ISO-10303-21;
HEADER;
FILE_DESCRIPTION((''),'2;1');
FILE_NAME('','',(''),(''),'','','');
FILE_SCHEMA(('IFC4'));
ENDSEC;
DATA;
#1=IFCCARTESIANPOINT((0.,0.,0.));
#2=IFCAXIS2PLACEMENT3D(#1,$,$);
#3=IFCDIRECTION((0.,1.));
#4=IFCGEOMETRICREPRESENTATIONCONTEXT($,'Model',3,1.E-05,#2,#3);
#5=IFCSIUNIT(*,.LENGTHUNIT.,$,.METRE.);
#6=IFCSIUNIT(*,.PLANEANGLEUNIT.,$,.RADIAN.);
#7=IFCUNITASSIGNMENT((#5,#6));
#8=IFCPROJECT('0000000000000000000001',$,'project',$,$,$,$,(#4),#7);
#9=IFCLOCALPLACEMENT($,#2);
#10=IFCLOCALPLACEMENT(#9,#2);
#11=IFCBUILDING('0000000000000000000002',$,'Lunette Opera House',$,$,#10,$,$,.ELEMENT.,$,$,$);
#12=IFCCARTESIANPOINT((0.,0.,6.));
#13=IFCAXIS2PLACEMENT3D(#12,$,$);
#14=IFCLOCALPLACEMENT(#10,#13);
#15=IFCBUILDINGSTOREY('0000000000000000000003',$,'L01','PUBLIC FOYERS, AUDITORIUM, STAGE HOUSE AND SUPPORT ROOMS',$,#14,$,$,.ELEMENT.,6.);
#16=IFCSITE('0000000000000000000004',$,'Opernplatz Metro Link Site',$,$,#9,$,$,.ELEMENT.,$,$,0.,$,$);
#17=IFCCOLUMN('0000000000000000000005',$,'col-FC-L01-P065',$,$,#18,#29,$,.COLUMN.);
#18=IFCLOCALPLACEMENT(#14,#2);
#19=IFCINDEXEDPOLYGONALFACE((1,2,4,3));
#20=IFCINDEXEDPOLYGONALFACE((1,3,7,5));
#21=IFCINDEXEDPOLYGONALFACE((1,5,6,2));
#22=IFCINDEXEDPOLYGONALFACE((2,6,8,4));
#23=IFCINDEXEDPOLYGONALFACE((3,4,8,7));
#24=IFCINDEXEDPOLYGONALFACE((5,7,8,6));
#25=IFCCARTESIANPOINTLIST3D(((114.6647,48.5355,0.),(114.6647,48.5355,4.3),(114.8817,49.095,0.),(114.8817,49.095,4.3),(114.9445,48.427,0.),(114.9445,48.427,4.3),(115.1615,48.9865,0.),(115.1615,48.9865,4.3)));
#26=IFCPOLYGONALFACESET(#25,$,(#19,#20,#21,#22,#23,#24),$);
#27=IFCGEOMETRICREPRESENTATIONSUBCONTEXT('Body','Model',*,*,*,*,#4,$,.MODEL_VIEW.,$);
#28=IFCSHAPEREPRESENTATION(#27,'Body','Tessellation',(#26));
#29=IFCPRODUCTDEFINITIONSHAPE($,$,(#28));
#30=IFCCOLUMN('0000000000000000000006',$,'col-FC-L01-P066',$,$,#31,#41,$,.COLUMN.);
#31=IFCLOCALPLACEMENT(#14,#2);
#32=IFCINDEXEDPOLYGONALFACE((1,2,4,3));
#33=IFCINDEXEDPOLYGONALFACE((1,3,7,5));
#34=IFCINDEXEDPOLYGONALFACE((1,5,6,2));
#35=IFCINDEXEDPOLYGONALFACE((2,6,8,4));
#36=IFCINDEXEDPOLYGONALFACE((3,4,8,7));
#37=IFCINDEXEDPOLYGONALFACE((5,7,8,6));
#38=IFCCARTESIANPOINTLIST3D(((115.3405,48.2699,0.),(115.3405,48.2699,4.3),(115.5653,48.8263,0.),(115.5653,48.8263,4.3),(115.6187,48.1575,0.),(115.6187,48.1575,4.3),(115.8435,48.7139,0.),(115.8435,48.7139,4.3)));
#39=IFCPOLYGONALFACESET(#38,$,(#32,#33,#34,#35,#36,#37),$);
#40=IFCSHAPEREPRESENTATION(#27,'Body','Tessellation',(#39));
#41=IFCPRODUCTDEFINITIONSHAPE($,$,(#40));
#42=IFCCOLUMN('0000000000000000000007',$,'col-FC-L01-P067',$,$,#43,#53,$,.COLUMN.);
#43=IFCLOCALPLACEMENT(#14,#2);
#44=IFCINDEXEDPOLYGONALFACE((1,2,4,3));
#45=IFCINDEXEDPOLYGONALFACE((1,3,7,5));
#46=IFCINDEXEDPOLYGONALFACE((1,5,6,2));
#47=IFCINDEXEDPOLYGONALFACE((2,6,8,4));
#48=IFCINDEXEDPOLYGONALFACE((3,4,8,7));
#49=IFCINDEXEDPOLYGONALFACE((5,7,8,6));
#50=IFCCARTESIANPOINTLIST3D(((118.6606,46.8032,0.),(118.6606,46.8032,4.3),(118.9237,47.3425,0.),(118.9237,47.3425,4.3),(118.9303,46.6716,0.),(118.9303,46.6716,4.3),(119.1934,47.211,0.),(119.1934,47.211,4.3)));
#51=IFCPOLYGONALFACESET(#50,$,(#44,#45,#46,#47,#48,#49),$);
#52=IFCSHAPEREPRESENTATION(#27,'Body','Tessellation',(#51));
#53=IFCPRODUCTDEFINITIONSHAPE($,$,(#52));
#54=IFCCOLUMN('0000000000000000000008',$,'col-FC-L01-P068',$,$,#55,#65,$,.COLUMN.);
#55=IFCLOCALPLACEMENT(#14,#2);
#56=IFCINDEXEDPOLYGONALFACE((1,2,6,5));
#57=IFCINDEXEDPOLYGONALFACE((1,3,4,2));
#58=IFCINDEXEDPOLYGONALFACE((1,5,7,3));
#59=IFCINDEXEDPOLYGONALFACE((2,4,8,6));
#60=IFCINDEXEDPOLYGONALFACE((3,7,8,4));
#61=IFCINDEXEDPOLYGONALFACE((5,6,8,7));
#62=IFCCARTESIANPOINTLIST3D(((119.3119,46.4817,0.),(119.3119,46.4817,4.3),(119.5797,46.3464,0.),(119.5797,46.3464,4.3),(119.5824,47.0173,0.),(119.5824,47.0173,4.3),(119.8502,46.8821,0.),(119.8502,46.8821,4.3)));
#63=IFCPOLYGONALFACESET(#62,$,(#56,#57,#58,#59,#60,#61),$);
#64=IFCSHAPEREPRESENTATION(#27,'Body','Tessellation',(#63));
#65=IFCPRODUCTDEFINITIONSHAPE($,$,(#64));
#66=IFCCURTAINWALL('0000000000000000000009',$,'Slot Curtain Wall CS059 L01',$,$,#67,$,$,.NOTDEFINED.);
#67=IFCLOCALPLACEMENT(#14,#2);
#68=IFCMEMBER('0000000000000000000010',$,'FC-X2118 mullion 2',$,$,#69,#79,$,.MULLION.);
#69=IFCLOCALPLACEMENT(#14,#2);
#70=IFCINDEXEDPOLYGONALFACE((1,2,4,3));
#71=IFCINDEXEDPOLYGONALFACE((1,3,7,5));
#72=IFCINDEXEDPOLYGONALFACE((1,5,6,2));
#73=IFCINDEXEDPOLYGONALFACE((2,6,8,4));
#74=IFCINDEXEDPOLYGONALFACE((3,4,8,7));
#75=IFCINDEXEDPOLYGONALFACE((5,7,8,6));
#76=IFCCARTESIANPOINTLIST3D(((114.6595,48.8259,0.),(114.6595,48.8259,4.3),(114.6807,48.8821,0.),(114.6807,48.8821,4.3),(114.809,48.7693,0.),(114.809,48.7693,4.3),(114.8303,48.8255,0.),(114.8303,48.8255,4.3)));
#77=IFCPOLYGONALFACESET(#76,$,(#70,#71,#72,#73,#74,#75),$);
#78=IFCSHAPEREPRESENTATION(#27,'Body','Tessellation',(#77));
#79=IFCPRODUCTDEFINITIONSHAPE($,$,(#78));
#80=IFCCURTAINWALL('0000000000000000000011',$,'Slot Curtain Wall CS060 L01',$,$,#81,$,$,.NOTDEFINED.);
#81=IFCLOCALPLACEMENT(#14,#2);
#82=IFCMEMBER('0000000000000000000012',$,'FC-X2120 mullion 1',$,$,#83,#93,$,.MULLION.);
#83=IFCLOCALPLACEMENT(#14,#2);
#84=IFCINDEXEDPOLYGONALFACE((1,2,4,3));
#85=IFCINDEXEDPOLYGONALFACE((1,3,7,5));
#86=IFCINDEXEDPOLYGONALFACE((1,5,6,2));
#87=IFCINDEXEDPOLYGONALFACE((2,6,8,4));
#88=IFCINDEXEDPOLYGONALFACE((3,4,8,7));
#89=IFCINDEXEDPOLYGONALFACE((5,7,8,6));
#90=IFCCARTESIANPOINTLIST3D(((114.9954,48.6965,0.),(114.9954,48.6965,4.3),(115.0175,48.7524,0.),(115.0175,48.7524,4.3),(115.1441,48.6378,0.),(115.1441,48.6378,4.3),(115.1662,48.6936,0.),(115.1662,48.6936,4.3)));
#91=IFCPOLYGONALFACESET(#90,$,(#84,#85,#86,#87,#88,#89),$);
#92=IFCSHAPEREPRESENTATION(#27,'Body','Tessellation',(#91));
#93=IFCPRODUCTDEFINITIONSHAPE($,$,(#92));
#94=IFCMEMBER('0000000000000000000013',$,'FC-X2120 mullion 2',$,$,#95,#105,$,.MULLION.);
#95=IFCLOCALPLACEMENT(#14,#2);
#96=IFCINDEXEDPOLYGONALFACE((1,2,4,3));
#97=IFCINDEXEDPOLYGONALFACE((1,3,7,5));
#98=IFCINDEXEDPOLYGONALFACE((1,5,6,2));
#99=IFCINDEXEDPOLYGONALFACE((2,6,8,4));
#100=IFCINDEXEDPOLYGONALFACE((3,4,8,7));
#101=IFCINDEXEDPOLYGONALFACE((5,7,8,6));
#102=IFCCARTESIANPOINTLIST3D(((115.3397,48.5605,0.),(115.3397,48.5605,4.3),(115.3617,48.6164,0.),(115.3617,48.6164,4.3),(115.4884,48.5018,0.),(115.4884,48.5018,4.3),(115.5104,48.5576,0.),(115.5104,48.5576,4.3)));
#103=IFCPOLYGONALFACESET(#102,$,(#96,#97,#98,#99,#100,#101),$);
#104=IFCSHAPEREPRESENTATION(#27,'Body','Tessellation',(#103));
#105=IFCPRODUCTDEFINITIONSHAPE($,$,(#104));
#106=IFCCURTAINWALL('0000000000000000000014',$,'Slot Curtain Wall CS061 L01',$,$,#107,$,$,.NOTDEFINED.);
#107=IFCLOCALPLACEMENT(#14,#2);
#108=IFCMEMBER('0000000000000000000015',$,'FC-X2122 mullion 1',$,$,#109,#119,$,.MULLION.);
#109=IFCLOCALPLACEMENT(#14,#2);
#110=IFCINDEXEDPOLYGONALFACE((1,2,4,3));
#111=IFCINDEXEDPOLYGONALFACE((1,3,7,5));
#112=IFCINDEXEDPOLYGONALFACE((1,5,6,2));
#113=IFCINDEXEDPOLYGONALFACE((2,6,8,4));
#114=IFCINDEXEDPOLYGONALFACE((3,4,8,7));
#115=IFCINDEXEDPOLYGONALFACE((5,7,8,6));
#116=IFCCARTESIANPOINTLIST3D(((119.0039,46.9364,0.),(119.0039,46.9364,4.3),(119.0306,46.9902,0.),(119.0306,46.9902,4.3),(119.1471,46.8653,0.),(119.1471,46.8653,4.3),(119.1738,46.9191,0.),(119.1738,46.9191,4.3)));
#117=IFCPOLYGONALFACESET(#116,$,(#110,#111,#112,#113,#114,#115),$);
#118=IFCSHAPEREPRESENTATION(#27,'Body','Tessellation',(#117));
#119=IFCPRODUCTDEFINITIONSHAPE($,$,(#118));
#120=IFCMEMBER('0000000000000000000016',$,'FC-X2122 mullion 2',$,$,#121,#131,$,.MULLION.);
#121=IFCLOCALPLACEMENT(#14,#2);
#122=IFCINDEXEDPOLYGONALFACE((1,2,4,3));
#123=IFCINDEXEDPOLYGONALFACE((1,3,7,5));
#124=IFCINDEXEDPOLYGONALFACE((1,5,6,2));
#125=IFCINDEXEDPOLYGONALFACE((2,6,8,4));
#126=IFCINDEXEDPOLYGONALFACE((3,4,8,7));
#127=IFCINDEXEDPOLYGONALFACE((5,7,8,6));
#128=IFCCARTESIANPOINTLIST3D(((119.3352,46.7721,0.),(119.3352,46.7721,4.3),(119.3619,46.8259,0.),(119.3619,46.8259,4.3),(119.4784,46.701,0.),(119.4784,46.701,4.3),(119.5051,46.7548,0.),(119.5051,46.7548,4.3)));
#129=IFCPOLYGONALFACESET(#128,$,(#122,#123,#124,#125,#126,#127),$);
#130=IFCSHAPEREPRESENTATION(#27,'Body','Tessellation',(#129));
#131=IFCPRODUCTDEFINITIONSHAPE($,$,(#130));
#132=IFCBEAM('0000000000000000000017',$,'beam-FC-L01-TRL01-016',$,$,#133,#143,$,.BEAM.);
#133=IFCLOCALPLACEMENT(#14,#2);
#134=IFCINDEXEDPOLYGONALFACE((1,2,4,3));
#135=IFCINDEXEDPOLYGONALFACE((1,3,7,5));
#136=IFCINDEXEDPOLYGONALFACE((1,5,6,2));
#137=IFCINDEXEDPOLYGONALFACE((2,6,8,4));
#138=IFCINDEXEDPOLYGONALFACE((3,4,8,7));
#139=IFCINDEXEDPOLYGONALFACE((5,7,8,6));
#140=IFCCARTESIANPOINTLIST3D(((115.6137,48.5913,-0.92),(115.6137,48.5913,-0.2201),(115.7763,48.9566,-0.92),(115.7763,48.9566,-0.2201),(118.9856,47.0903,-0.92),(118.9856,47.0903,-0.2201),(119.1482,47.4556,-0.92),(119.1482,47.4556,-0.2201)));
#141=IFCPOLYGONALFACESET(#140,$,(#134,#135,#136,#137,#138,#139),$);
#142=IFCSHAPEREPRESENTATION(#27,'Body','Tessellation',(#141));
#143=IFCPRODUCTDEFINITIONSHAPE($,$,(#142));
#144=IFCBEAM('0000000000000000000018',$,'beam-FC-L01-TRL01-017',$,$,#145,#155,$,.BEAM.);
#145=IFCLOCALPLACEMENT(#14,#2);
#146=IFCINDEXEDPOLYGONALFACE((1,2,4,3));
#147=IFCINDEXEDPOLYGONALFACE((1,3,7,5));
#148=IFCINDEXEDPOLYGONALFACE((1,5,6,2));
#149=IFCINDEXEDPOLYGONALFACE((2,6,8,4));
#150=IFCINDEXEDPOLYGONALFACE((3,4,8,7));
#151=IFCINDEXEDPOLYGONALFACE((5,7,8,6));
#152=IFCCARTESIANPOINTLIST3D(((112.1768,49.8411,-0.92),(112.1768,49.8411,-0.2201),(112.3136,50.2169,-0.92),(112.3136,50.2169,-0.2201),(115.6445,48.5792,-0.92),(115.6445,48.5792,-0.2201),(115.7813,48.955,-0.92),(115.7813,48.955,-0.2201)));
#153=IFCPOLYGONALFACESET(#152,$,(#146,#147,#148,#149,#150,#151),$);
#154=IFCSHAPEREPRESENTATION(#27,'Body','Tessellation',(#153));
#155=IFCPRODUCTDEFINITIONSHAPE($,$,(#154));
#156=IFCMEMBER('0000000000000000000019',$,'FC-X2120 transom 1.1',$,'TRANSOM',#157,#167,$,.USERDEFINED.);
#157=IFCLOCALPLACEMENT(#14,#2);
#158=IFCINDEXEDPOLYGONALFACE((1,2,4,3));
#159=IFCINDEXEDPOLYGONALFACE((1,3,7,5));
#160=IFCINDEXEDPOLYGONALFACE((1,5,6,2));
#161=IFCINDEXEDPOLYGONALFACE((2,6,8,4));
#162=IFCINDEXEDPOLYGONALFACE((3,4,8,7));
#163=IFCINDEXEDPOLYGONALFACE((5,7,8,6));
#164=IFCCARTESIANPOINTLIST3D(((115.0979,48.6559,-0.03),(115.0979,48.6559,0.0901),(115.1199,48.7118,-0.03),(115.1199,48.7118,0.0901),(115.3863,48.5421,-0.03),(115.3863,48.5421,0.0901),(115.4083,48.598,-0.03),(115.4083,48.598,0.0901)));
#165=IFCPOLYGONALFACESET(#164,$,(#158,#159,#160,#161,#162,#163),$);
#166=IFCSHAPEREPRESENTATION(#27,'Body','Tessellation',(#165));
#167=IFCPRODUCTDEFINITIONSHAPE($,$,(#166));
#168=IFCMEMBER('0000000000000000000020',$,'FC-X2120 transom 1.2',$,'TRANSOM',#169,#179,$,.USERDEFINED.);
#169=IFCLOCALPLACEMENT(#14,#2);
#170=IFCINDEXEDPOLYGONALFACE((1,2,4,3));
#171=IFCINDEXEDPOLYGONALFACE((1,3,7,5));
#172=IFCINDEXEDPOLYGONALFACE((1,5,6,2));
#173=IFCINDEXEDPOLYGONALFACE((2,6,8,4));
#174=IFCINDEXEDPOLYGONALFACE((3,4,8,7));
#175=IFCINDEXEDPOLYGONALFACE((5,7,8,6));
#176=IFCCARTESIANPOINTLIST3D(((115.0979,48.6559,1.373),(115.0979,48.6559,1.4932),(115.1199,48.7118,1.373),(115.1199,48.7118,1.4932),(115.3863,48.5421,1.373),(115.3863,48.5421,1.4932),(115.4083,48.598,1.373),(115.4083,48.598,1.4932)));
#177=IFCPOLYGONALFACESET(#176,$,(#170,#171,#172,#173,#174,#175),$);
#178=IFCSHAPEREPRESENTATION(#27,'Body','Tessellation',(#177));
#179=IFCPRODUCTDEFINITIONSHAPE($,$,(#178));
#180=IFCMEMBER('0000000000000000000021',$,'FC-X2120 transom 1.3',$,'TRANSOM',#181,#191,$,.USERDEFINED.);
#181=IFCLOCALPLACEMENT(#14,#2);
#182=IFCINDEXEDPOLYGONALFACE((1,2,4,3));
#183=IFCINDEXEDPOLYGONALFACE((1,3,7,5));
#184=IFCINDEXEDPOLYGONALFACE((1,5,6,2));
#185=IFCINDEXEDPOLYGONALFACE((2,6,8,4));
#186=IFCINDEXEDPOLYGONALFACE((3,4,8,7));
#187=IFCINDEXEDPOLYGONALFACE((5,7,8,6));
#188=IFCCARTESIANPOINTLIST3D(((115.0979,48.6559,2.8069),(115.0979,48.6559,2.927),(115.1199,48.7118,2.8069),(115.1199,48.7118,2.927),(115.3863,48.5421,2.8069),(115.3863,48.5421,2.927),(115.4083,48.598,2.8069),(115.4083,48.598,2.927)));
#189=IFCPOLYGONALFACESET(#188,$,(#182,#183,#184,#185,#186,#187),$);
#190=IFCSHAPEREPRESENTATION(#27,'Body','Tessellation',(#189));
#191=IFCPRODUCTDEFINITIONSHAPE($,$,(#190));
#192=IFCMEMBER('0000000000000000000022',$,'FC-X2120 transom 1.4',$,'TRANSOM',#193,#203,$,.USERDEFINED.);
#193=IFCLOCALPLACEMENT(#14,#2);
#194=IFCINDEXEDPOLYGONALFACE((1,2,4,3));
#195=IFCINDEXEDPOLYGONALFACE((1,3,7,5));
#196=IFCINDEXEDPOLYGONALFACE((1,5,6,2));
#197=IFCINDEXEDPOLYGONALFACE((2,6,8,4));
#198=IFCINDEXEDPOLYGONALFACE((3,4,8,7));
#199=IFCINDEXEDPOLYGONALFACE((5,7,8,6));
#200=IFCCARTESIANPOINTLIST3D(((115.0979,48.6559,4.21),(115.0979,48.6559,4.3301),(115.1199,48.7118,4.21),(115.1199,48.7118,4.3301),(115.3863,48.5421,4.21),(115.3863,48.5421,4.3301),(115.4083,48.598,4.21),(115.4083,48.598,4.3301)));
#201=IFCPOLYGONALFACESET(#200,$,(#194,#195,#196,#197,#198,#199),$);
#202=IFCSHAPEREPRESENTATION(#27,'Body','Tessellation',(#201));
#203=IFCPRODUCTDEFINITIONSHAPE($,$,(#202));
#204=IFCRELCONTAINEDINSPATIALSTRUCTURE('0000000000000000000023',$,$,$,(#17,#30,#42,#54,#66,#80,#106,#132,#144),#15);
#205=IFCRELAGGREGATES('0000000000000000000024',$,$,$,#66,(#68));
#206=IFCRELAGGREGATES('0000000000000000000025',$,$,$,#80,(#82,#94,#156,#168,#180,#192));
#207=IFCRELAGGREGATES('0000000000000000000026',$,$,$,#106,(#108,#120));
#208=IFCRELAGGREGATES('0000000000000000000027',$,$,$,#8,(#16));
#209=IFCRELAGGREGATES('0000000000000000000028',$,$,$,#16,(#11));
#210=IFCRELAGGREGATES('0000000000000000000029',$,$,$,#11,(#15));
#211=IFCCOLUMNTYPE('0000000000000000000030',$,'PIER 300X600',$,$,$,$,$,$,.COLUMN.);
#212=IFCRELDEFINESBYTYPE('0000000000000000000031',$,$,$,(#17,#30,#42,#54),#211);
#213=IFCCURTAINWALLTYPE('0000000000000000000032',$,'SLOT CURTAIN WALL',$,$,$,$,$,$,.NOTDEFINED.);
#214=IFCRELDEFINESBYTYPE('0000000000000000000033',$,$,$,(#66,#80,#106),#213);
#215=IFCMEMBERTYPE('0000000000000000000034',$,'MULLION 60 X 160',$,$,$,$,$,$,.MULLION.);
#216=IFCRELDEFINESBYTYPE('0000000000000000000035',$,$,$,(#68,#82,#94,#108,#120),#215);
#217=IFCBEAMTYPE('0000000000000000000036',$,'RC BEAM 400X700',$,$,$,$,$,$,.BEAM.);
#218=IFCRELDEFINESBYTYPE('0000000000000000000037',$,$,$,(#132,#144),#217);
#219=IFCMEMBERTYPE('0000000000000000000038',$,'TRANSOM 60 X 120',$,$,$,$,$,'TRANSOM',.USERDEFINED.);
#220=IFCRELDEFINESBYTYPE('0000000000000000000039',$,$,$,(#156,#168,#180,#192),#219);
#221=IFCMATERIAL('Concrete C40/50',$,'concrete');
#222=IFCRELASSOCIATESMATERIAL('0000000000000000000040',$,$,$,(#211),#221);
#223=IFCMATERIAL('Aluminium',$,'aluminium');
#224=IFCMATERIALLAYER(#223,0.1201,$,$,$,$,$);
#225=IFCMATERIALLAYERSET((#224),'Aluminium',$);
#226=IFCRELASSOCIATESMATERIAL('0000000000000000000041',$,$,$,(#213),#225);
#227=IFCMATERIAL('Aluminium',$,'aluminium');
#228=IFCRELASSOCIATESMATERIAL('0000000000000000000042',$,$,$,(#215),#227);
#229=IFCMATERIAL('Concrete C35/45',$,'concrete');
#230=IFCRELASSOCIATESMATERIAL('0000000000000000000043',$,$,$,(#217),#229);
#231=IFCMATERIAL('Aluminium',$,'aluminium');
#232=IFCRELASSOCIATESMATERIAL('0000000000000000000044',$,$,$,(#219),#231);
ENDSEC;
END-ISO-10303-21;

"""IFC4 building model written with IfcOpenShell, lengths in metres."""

from ifc_helpers import new_model, si_unit, direction, frame, origin, origin_2d, place, context, subcontext, project, spatial, rectangle, extrude, material, layer, layer_set, material_profile, profile_set, type_object, element, aggregate, save


model = new_model("IFC4")

# Units and contexts
model_context = context("Model", 3, precision=1e-05, world=origin(), true_north=direction((0.0, 1.0)))
body_context = subcontext(model_context, "Body", "Model", "MODEL_VIEW")
ifc_project = project(units=[si_unit("LENGTHUNIT", "METRE"), si_unit("PLANEANGLEUNIT", "RADIAN")], contexts=[model_context])

# Site, building, storey
site_placement = place(None, origin())
site = spatial("IfcSite", under=ifc_project, at=site_placement, Name="Opernplatz Metro Link Site", CompositionType="ELEMENT", RefElevation=0.0)
building_placement = place(site_placement, origin())
building = spatial("IfcBuilding", under=site, at=building_placement, Name="Lunette Opera House", CompositionType="ELEMENT")
storey_placement = place(building_placement, frame((0.0, 0.0, 6.0)))
storey = spatial("IfcBuildingStorey", under=building, at=storey_placement, Name="L01", Description="PUBLIC FOYERS, AUDITORIUM, STAGE HOUSE AND SUPPORT ROOMS", CompositionType="ELEMENT", Elevation=6.0)

# Columns
ifc_material_1 = material(Name="Concrete C40/50", Category="concrete")
ifc_material_profile_1 = material_profile(ifc_material_1, rectangle(XDim=0.3, YDim=0.6001, at=origin_2d()), Name="PIER 300X600")
ifc_profile_set_1 = profile_set([ifc_material_profile_1], Name="Concrete C40/50")
column_type = type_object("IfcColumnType", Name="PIER 300X600", PredefinedType="COLUMN", material=ifc_profile_set_1)
for number, where, z_axis, x_axis, name in (
    (1, (114.9131, 48.761, 0.0), (0.0, 0.0, 1.0), (0.932324, -0.361625, 0.0), "col-FC-L01-P065"),
    (2, (115.592, 48.4919, 0.0), (0.0, 0.0, 1.0), (0.927184, -0.374607, 0.0), "col-FC-L01-P066"),
    (3, (118.927, 47.0071, 0.0), (0.0, 0.0, 1.0), (0.898794, -0.438371, 0.0), "col-FC-L01-P067"),
    (4, (119.5811, 46.6819, 0.0), (0.0, 0.0, 1.0), (0.892586, -0.450878, 0.0), "col-FC-L01-P068"),
):
    element("IfcColumn", number, at=place(storey_placement, frame(where, z_axis=z_axis, x_axis=x_axis)), inside=storey, type_object=column_type, Name=name, PredefinedType="COLUMN", context=body_context, shape_type="SweptSolid", body=[
        extrude(rectangle(XDim=0.3, YDim=0.6001, at=origin_2d()), origin(), (0.0, 0.0, 1.0), 4.3),
    ])

# Curtain wall, member
ifc_material_2 = material(Name="Aluminium", Category="aluminium")
ifc_layer_1 = layer(ifc_material_2, 0.1201)
ifc_layer_set_1 = layer_set([ifc_layer_1], Name="Aluminium")
curtain_wall_type = type_object("IfcCurtainWallType", Name="SLOT CURTAIN WALL", PredefinedType="NOTDEFINED", material=ifc_layer_set_1)
curtain_wall_1_placement = place(storey_placement, origin())
curtain_wall_1 = element("IfcCurtainWall", 5, at=curtain_wall_1_placement, inside=storey, type_object=curtain_wall_type, Name="Slot Curtain Wall CS059 L01", PredefinedType="NOTDEFINED")
ifc_material_3 = material(Name="Aluminium", Category="aluminium")
ifc_material_profile_2 = material_profile(ifc_material_3, rectangle(XDim=0.0601, YDim=0.1599, at=origin_2d()), Name="MULLION 60 X 160")
ifc_profile_set_2 = profile_set([ifc_material_profile_2], Name="Aluminium")
member_type_1 = type_object("IfcMemberType", Name="MULLION 60 X 160", PredefinedType="MULLION", material=ifc_profile_set_2)
member_1_placement = place(storey_placement, frame((114.7449, 48.8257, 0.0), z_axis=(0.0, 0.0, 1.0), x_axis=(0.353672, 0.935369, 0.0)))
member_1 = element("IfcMember", 6, at=member_1_placement, type_object=member_type_1, Name="FC-X2118 mullion 2", PredefinedType="MULLION", context=body_context, shape_type="SweptSolid", body=[
    extrude(rectangle(XDim=0.0601, YDim=0.1599, at=origin_2d()), origin(), (0.0, 0.0, 1.0), 4.3),
])

# Curtain walls, members
curtain_wall_2_placement = place(storey_placement, origin())
curtain_wall_2 = element("IfcCurtainWall", 7, at=curtain_wall_2_placement, inside=storey, type_object=curtain_wall_type, Name="Slot Curtain Wall CS060 L01", PredefinedType="NOTDEFINED")
member_2_placement = place(storey_placement, frame((115.0808, 48.6951, 0.0), z_axis=(0.0, 0.0, 1.0), x_axis=(0.367378, 0.930072, 0.0)))
member_2 = element("IfcMember", 8, at=member_2_placement, type_object=member_type_1, Name="FC-X2120 mullion 1", PredefinedType="MULLION", context=body_context, shape_type="SweptSolid", body=[
    extrude(rectangle(XDim=0.0601, YDim=0.1599, at=origin_2d()), origin(), (0.0, 0.0, 1.0), 4.3),
])
member_3_placement = place(storey_placement, frame((115.425, 48.5591, 0.0), z_axis=(0.0, 0.0, 1.0), x_axis=(0.367378, 0.930072, 0.0)))
member_3 = element("IfcMember", 9, at=member_3_placement, type_object=member_type_1, Name="FC-X2120 mullion 2", PredefinedType="MULLION", context=body_context, shape_type="SweptSolid", body=[
    extrude(rectangle(XDim=0.0601, YDim=0.1599, at=origin_2d()), origin(), (0.0, 0.0, 1.0), 4.3),
])
curtain_wall_3_placement = place(storey_placement, origin())
curtain_wall_3 = element("IfcCurtainWall", 10, at=curtain_wall_3_placement, inside=storey, type_object=curtain_wall_type, Name="Slot Curtain Wall CS061 L01", PredefinedType="NOTDEFINED")
member_4_placement = place(storey_placement, frame((119.0889, 46.9277, 0.0), z_axis=(0.0, 0.0, 1.0), x_axis=(0.444419, 0.895819, 0.0)))
member_4 = element("IfcMember", 11, at=member_4_placement, type_object=member_type_1, Name="FC-X2122 mullion 1", PredefinedType="MULLION", context=body_context, shape_type="SweptSolid", body=[
    extrude(rectangle(XDim=0.0601, YDim=0.1599, at=origin_2d()), origin(), (0.0, 0.0, 1.0), 4.3),
])
member_5_placement = place(storey_placement, frame((119.4202, 46.7634, 0.0), z_axis=(0.0, 0.0, 1.0), x_axis=(0.444419, 0.895819, 0.0)))
member_5 = element("IfcMember", 12, at=member_5_placement, type_object=member_type_1, Name="FC-X2122 mullion 2", PredefinedType="MULLION", context=body_context, shape_type="SweptSolid", body=[
    extrude(rectangle(XDim=0.0601, YDim=0.1599, at=origin_2d()), origin(), (0.0, 0.0, 1.0), 4.3),
])

# Beams
ifc_material_4 = material(Name="Concrete C35/45", Category="concrete")
ifc_material_profile_3 = material_profile(ifc_material_4, rectangle(XDim=0.3999, YDim=0.7, at=origin_2d()), Name="RC BEAM 400X700")
ifc_profile_set_3 = profile_set([ifc_material_profile_3], Name="Concrete C35/45")
beam_type = type_object("IfcBeamType", Name="RC BEAM 400X700", PredefinedType="BEAM", material=ifc_profile_set_3)
beam_1_placement = place(storey_placement, frame((119.0669, 47.2729, -0.5701), z_axis=(-0.913571, 0.406678, 0.0), x_axis=(-0.406678, -0.913571, 0.0)))
element("IfcBeam", 13, at=beam_1_placement, inside=storey, type_object=beam_type, Name="beam-FC-L01-TRL01-016", PredefinedType="BEAM", context=body_context, shape_type="SweptSolid", body=[
    extrude(rectangle(XDim=0.3999, YDim=0.7, at=origin_2d()), origin(), (0.0, 0.0, 1.0), 3.6909),
])
beam_2_placement = place(storey_placement, frame((115.7129, 48.7671, -0.5701), z_axis=(-0.93971, 0.341971, 0.0), x_axis=(-0.341971, -0.93971, 0.0)))
element("IfcBeam", 14, at=beam_2_placement, inside=storey, type_object=beam_type, Name="beam-FC-L01-TRL01-017", PredefinedType="BEAM", context=body_context, shape_type="SweptSolid", body=[
    extrude(rectangle(XDim=0.3999, YDim=0.7, at=origin_2d()), origin(), (0.0, 0.0, 1.0), 3.6902),
])

# Members
ifc_material_5 = material(Name="Aluminium", Category="aluminium")
ifc_material_profile_4 = material_profile(ifc_material_5, rectangle(XDim=0.0601, YDim=0.1201, at=origin_2d()), Name="TRANSOM 60 X 120")
ifc_profile_set_4 = profile_set([ifc_material_profile_4], Name="Aluminium")
member_type_2 = type_object("IfcMemberType", Name="TRANSOM 60 X 120", ElementType="TRANSOM", PredefinedType="USERDEFINED", material=ifc_profile_set_4)
member_6_placement = place(storey_placement, frame((115.1089, 48.6838, 0.03), z_axis=(0.930205, -0.367041, 0.0), x_axis=(0.367041, 0.930205, 0.0)))
member_6 = element("IfcMember", 15, at=member_6_placement, type_object=member_type_2, Name="FC-X2120 transom 1.1", ObjectType="TRANSOM", PredefinedType="USERDEFINED", context=body_context, shape_type="SweptSolid", body=[
    extrude(rectangle(XDim=0.0601, YDim=0.1201, at=origin_2d()), origin(), (0.0, 0.0, 1.0), 0.3101),
])
member_7_placement = place(storey_placement, frame((115.1089, 48.6838, 1.4331), z_axis=(0.930205, -0.367041, 0.0), x_axis=(0.367041, 0.930205, 0.0)))
member_7 = element("IfcMember", 16, at=member_7_placement, type_object=member_type_2, Name="FC-X2120 transom 1.2", ObjectType="TRANSOM", PredefinedType="USERDEFINED", context=body_context, shape_type="SweptSolid", body=[
    extrude(rectangle(XDim=0.0601, YDim=0.1201, at=origin_2d()), origin(), (0.0, 0.0, 1.0), 0.3101),
])
member_8_placement = place(storey_placement, frame((115.1089, 48.6838, 2.8669), z_axis=(0.930205, -0.367041, 0.0), x_axis=(0.367041, 0.930205, 0.0)))
member_8 = element("IfcMember", 17, at=member_8_placement, type_object=member_type_2, Name="FC-X2120 transom 1.3", ObjectType="TRANSOM", PredefinedType="USERDEFINED", context=body_context, shape_type="SweptSolid", body=[
    extrude(rectangle(XDim=0.0601, YDim=0.1201, at=origin_2d()), origin(), (0.0, 0.0, 1.0), 0.3101),
])
member_9_placement = place(storey_placement, frame((115.1089, 48.6838, 4.27), z_axis=(0.930205, -0.367041, 0.0), x_axis=(0.367041, 0.930205, 0.0)))
member_9 = element("IfcMember", 18, at=member_9_placement, type_object=member_type_2, Name="FC-X2120 transom 1.4", ObjectType="TRANSOM", PredefinedType="USERDEFINED", context=body_context, shape_type="SweptSolid", body=[
    extrude(rectangle(XDim=0.0601, YDim=0.1201, at=origin_2d()), origin(), (0.0, 0.0, 1.0), 0.3101),
])

aggregate(curtain_wall_1, [member_1])
aggregate(curtain_wall_2, [member_2, member_3, member_6, member_7, member_8, member_9])
aggregate(curtain_wall_3, [member_4, member_5])

save(model, "model.ifc")
